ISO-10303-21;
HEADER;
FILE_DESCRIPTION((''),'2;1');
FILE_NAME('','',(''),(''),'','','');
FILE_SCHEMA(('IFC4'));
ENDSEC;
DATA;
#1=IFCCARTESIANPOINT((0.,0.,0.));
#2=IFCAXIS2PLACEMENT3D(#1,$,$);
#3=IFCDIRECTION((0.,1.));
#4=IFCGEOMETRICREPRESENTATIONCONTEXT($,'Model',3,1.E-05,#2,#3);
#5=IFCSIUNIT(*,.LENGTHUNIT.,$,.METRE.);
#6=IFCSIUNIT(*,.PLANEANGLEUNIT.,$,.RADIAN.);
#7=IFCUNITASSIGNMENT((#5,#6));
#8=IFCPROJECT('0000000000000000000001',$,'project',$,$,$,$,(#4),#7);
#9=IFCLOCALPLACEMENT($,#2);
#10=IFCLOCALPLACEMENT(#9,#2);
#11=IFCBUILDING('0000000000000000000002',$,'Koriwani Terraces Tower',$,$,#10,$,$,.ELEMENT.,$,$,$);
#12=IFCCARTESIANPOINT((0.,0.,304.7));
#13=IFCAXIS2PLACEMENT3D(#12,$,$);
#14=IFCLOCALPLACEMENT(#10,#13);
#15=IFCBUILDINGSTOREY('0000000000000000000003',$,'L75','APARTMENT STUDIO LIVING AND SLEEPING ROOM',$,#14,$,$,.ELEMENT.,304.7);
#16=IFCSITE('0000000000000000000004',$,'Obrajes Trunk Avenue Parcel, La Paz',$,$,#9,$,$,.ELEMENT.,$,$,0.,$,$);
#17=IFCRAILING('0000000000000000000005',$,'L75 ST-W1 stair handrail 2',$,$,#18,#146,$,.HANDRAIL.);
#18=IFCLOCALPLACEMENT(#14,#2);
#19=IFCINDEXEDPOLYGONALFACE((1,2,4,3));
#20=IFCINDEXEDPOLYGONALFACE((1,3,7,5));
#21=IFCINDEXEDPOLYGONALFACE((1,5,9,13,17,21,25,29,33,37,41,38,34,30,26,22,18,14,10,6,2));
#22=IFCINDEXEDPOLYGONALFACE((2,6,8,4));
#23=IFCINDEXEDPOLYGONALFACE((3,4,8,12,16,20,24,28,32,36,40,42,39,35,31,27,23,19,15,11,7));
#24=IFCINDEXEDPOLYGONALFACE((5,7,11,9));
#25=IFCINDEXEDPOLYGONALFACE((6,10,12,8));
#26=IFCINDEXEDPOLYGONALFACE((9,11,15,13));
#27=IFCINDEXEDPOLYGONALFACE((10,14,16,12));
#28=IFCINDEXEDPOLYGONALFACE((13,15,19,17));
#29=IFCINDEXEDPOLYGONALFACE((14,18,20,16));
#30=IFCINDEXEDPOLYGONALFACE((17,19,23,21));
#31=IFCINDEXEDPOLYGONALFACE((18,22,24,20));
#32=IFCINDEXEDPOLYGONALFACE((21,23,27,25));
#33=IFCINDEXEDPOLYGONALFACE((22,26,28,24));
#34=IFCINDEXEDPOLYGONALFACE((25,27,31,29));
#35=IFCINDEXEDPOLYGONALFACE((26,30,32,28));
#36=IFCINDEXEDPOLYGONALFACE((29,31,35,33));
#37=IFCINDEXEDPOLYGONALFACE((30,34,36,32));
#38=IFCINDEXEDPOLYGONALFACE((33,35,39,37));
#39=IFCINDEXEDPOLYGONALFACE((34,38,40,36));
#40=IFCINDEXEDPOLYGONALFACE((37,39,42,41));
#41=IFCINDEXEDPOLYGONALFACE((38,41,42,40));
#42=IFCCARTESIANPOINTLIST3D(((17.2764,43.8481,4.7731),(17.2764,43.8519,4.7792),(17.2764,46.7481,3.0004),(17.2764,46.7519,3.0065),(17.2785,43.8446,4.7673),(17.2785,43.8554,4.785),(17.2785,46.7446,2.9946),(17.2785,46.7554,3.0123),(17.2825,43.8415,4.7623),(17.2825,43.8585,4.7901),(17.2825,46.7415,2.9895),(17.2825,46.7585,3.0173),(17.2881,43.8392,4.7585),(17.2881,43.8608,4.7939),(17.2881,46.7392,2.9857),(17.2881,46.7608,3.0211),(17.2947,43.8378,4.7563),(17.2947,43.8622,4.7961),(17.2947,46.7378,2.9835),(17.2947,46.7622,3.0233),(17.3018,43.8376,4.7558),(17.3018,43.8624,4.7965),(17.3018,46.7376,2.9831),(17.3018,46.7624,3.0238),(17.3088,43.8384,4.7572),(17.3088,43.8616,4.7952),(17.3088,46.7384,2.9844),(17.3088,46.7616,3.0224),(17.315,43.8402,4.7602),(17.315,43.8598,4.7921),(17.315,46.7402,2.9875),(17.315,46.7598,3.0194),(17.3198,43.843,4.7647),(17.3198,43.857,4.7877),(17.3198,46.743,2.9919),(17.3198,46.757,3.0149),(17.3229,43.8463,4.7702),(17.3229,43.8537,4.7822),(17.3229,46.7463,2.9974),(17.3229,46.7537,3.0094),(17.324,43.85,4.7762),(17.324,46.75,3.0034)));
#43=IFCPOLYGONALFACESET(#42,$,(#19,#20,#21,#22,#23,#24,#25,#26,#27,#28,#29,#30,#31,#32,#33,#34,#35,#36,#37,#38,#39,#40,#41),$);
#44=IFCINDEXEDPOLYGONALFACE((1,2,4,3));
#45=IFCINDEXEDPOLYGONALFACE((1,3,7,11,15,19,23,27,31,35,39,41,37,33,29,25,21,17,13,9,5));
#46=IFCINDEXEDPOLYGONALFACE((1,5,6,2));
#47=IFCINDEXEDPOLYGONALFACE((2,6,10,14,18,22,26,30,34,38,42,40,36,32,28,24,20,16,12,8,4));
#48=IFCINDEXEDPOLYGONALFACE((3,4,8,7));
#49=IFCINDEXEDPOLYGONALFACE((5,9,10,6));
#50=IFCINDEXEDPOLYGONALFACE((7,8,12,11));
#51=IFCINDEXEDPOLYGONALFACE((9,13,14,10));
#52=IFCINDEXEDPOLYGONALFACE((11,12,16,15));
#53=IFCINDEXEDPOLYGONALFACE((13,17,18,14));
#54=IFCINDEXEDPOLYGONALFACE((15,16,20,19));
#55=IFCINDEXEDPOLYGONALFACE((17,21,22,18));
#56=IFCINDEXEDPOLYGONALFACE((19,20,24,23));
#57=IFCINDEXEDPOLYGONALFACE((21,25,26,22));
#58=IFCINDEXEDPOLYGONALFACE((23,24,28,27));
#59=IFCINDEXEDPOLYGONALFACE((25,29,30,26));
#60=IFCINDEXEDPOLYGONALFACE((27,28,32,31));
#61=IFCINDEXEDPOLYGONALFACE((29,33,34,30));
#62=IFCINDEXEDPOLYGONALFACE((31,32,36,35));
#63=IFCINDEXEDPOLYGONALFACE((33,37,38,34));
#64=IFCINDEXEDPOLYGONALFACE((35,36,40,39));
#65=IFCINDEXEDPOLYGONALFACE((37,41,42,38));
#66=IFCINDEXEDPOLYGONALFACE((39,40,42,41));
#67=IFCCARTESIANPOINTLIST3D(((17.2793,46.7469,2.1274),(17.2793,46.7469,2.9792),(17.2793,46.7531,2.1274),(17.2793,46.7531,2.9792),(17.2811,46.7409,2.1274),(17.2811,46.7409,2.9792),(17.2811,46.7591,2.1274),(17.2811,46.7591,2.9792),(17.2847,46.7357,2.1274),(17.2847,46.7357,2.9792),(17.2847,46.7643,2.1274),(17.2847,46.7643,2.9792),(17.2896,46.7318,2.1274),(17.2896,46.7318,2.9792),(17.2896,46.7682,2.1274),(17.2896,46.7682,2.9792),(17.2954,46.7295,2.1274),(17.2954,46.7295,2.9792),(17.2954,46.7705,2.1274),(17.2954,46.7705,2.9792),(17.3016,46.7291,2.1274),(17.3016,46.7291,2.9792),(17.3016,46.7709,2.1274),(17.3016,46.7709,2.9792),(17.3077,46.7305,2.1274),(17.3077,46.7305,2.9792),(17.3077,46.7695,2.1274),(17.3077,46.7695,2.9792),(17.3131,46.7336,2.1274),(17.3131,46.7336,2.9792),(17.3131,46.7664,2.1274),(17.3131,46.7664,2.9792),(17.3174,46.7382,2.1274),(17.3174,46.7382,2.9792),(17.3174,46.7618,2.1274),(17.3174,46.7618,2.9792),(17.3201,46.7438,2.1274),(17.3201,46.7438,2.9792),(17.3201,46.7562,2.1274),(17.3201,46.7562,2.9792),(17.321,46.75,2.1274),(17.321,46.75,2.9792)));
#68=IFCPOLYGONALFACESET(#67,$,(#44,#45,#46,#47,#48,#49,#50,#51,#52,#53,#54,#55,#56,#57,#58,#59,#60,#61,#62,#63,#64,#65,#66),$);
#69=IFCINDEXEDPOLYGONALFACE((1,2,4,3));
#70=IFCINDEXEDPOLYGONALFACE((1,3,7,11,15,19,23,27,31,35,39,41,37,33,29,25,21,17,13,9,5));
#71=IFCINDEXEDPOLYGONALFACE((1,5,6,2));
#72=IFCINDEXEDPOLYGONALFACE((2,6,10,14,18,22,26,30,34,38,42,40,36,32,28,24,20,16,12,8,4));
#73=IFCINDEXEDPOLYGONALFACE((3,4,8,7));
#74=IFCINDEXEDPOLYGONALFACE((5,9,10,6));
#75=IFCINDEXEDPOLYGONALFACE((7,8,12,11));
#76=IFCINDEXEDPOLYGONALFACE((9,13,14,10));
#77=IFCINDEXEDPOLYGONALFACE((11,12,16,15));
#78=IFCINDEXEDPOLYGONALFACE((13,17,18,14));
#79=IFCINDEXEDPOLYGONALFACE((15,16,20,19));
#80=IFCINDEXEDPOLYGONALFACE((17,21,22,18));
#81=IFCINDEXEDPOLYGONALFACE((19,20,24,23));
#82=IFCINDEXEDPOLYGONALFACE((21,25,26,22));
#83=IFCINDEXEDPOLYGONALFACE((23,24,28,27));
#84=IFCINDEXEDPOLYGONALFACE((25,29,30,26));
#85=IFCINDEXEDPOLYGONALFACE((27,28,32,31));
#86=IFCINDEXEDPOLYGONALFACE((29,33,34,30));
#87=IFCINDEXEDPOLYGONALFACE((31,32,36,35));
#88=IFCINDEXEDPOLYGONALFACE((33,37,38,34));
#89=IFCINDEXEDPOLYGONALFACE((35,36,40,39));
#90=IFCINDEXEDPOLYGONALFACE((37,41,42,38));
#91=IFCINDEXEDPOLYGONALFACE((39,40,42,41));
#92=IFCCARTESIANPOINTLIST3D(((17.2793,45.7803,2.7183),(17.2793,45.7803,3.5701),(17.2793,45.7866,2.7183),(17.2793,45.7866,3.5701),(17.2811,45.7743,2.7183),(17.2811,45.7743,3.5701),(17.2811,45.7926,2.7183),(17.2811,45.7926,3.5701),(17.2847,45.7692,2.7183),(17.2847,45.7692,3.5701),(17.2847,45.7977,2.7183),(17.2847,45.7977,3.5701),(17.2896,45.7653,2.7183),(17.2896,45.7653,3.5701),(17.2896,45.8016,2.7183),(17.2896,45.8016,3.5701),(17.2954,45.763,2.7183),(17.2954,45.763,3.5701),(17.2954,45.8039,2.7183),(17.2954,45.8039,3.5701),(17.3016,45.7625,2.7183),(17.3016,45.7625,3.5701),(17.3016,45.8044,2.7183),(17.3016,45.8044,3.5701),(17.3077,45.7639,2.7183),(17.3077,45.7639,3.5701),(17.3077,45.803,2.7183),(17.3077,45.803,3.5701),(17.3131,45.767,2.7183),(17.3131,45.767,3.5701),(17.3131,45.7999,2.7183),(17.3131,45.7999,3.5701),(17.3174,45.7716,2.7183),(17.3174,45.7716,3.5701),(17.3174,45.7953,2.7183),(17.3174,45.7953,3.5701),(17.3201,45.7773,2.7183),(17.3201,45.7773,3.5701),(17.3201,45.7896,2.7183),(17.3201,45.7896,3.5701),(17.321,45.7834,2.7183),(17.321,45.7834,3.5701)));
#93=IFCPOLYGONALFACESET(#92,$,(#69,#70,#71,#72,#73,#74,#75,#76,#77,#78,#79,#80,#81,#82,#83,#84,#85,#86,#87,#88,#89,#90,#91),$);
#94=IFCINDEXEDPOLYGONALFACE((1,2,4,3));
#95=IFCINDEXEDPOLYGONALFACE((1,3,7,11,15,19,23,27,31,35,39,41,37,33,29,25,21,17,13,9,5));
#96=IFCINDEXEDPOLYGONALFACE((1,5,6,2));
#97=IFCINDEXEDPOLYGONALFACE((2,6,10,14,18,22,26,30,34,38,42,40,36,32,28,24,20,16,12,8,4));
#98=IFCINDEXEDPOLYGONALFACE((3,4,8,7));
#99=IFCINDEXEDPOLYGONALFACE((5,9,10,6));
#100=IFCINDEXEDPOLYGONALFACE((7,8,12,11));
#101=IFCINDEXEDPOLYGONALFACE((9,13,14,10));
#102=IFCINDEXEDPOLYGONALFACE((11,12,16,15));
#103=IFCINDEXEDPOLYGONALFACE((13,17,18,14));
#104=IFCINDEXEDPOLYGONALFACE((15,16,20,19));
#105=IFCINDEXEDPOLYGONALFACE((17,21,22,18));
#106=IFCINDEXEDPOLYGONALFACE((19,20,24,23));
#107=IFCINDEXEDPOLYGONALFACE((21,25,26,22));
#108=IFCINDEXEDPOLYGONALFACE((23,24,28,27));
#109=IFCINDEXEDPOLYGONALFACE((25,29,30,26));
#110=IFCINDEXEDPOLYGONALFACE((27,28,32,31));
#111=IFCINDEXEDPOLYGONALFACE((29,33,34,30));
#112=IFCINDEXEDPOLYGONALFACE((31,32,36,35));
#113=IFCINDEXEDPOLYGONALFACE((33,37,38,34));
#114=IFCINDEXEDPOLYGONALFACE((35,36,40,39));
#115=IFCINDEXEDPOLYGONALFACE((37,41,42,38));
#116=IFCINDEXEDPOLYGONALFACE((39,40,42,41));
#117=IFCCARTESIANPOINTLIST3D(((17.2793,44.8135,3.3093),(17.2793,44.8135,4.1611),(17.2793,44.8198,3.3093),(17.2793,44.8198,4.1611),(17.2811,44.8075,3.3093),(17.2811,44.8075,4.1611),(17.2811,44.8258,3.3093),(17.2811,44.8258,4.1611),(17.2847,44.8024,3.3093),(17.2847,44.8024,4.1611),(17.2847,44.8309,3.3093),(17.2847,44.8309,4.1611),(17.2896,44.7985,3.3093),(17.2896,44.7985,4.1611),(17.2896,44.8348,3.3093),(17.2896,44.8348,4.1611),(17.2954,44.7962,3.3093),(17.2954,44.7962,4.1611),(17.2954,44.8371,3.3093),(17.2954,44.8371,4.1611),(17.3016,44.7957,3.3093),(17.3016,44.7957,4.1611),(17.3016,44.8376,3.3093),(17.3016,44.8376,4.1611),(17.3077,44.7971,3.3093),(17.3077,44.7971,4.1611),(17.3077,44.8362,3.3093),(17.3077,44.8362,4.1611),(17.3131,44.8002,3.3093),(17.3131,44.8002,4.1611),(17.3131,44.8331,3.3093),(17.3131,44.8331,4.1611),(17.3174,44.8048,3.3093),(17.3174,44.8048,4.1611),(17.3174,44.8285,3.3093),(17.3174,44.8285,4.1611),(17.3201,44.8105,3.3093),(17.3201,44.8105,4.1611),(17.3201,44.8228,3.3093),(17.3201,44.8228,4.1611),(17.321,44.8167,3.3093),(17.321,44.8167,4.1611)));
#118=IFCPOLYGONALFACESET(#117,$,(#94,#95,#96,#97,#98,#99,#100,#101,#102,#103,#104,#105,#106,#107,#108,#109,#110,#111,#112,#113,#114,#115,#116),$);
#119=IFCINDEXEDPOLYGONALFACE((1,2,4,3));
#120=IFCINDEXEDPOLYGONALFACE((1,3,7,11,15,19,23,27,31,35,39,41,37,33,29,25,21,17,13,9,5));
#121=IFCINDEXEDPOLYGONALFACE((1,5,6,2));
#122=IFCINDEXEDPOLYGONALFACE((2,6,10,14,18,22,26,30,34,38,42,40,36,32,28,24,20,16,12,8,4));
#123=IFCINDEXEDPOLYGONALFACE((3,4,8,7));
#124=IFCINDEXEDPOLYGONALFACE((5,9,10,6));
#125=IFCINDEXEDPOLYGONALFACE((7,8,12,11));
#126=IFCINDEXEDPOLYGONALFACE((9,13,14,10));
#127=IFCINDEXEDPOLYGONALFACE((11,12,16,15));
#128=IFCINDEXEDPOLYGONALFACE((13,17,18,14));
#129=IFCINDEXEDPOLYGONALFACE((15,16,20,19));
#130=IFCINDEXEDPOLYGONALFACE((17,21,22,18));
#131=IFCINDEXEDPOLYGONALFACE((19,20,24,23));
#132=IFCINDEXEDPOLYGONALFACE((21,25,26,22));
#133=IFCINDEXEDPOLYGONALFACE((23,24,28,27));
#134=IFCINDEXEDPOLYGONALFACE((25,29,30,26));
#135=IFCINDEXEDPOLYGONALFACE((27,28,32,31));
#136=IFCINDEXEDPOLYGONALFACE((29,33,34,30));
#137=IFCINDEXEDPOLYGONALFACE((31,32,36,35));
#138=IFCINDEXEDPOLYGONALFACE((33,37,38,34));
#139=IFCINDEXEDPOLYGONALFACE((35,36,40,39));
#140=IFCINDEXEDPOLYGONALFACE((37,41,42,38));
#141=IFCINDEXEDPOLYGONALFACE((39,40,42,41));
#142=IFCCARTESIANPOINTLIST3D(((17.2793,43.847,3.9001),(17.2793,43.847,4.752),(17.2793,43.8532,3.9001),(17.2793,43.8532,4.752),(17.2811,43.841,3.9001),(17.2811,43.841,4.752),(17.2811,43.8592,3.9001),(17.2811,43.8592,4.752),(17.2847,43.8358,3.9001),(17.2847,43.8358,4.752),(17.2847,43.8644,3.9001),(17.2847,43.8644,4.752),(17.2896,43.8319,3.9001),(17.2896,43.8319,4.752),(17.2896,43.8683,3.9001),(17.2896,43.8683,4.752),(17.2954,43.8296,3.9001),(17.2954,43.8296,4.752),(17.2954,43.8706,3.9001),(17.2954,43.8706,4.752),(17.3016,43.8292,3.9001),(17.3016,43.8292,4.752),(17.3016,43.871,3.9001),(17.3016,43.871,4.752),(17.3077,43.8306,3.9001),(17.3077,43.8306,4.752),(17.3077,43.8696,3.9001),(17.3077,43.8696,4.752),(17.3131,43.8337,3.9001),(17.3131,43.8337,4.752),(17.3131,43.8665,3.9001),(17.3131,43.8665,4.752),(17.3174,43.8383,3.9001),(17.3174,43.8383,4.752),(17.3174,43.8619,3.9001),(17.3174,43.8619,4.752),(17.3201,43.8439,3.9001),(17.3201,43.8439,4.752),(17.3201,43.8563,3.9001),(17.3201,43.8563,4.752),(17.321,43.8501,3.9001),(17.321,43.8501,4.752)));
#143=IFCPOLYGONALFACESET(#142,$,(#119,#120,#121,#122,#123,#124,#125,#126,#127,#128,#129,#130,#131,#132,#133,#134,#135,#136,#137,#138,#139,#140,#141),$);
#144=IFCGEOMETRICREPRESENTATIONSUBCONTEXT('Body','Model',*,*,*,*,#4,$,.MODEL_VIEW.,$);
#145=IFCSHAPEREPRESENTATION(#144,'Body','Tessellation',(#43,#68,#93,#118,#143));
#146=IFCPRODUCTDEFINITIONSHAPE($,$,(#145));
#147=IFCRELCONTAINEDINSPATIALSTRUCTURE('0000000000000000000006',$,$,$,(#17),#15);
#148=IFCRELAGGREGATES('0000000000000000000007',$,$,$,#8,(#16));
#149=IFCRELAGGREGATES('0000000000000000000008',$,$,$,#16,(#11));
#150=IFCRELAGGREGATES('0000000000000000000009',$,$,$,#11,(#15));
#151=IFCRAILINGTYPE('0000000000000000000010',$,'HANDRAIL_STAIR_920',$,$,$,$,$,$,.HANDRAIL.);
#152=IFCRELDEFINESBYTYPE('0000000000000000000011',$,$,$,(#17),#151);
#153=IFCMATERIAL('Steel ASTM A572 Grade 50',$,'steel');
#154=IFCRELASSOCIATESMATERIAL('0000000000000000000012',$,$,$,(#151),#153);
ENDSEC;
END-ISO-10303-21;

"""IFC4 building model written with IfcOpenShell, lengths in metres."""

from ifc_helpers import new_model, si_unit, direction, frame, origin, origin_2d, place, context, subcontext, project, spatial, circle, extrude, material, type_object, element, save


model = new_model("IFC4")

# Units and contexts
model_context = context("Model", 3, precision=1e-05, world=origin(), true_north=direction((0.0, 1.0)))
body_context = subcontext(model_context, "Body", "Model", "MODEL_VIEW")
ifc_project = project(units=[si_unit("LENGTHUNIT", "METRE"), si_unit("PLANEANGLEUNIT", "RADIAN")], contexts=[model_context])

# Site, building, storey
site_placement = place(None, origin())
site = spatial("IfcSite", under=ifc_project, at=site_placement, Name="Obrajes Trunk Avenue Parcel, La Paz", CompositionType="ELEMENT", RefElevation=0.0)
building_placement = place(site_placement, origin())
building = spatial("IfcBuilding", under=site, at=building_placement, Name="Koriwani Terraces Tower", CompositionType="ELEMENT")
storey_placement = place(building_placement, frame((0.0, 0.0, 304.7)))
storey = spatial("IfcBuildingStorey", under=building, at=storey_placement, Name="L75", Description="APARTMENT STUDIO LIVING AND SLEEPING ROOM", CompositionType="ELEMENT", Elevation=304.7)

# Shared definitions
ifc_material_1 = material(Name="Steel ASTM A572 Grade 50", Category="steel")

# Railing
railing_type_1 = type_object("IfcRailingType", Name="HANDRAIL_STAIR_920", PredefinedType="HANDRAIL", material=ifc_material_1)
railing_1_placement = place(storey_placement, frame((17.3, 46.75, 2.1274)))
element("IfcRailing", 1, at=railing_1_placement, inside=storey, type_object=railing_type_1, Name="L75 ST-W1 stair handrail 2", PredefinedType="HANDRAIL", context=body_context, shape_type="SweptSolid", body=[
    extrude(circle(Radius=0.0239, at=origin_2d()), frame((0.0, 0.0, 0.876), z_axis=(0.0, -0.853211, 0.521566), x_axis=(1.0, 0.0, 0.0)), (0.0, 0.0, 1.0), 3.3989),
    extrude(circle(Radius=0.021, at=origin_2d()), origin(), (0.0, 0.0, 1.0), 0.8518),
    extrude(circle(Radius=0.021, at=origin_2d()), frame((0.0, -0.9666, 0.5908)), (0.0, 0.0, 1.0), 0.8518),
    extrude(circle(Radius=0.021, at=origin_2d()), frame((0.0, -1.9333, 1.1819)), (0.0, 0.0, 1.0), 0.8518),
    extrude(circle(Radius=0.021, at=origin_2d()), frame((0.0, -2.8999, 1.7727)), (0.0, 0.0, 1.0), 0.8518),
])

save(model, "model.ifc")
